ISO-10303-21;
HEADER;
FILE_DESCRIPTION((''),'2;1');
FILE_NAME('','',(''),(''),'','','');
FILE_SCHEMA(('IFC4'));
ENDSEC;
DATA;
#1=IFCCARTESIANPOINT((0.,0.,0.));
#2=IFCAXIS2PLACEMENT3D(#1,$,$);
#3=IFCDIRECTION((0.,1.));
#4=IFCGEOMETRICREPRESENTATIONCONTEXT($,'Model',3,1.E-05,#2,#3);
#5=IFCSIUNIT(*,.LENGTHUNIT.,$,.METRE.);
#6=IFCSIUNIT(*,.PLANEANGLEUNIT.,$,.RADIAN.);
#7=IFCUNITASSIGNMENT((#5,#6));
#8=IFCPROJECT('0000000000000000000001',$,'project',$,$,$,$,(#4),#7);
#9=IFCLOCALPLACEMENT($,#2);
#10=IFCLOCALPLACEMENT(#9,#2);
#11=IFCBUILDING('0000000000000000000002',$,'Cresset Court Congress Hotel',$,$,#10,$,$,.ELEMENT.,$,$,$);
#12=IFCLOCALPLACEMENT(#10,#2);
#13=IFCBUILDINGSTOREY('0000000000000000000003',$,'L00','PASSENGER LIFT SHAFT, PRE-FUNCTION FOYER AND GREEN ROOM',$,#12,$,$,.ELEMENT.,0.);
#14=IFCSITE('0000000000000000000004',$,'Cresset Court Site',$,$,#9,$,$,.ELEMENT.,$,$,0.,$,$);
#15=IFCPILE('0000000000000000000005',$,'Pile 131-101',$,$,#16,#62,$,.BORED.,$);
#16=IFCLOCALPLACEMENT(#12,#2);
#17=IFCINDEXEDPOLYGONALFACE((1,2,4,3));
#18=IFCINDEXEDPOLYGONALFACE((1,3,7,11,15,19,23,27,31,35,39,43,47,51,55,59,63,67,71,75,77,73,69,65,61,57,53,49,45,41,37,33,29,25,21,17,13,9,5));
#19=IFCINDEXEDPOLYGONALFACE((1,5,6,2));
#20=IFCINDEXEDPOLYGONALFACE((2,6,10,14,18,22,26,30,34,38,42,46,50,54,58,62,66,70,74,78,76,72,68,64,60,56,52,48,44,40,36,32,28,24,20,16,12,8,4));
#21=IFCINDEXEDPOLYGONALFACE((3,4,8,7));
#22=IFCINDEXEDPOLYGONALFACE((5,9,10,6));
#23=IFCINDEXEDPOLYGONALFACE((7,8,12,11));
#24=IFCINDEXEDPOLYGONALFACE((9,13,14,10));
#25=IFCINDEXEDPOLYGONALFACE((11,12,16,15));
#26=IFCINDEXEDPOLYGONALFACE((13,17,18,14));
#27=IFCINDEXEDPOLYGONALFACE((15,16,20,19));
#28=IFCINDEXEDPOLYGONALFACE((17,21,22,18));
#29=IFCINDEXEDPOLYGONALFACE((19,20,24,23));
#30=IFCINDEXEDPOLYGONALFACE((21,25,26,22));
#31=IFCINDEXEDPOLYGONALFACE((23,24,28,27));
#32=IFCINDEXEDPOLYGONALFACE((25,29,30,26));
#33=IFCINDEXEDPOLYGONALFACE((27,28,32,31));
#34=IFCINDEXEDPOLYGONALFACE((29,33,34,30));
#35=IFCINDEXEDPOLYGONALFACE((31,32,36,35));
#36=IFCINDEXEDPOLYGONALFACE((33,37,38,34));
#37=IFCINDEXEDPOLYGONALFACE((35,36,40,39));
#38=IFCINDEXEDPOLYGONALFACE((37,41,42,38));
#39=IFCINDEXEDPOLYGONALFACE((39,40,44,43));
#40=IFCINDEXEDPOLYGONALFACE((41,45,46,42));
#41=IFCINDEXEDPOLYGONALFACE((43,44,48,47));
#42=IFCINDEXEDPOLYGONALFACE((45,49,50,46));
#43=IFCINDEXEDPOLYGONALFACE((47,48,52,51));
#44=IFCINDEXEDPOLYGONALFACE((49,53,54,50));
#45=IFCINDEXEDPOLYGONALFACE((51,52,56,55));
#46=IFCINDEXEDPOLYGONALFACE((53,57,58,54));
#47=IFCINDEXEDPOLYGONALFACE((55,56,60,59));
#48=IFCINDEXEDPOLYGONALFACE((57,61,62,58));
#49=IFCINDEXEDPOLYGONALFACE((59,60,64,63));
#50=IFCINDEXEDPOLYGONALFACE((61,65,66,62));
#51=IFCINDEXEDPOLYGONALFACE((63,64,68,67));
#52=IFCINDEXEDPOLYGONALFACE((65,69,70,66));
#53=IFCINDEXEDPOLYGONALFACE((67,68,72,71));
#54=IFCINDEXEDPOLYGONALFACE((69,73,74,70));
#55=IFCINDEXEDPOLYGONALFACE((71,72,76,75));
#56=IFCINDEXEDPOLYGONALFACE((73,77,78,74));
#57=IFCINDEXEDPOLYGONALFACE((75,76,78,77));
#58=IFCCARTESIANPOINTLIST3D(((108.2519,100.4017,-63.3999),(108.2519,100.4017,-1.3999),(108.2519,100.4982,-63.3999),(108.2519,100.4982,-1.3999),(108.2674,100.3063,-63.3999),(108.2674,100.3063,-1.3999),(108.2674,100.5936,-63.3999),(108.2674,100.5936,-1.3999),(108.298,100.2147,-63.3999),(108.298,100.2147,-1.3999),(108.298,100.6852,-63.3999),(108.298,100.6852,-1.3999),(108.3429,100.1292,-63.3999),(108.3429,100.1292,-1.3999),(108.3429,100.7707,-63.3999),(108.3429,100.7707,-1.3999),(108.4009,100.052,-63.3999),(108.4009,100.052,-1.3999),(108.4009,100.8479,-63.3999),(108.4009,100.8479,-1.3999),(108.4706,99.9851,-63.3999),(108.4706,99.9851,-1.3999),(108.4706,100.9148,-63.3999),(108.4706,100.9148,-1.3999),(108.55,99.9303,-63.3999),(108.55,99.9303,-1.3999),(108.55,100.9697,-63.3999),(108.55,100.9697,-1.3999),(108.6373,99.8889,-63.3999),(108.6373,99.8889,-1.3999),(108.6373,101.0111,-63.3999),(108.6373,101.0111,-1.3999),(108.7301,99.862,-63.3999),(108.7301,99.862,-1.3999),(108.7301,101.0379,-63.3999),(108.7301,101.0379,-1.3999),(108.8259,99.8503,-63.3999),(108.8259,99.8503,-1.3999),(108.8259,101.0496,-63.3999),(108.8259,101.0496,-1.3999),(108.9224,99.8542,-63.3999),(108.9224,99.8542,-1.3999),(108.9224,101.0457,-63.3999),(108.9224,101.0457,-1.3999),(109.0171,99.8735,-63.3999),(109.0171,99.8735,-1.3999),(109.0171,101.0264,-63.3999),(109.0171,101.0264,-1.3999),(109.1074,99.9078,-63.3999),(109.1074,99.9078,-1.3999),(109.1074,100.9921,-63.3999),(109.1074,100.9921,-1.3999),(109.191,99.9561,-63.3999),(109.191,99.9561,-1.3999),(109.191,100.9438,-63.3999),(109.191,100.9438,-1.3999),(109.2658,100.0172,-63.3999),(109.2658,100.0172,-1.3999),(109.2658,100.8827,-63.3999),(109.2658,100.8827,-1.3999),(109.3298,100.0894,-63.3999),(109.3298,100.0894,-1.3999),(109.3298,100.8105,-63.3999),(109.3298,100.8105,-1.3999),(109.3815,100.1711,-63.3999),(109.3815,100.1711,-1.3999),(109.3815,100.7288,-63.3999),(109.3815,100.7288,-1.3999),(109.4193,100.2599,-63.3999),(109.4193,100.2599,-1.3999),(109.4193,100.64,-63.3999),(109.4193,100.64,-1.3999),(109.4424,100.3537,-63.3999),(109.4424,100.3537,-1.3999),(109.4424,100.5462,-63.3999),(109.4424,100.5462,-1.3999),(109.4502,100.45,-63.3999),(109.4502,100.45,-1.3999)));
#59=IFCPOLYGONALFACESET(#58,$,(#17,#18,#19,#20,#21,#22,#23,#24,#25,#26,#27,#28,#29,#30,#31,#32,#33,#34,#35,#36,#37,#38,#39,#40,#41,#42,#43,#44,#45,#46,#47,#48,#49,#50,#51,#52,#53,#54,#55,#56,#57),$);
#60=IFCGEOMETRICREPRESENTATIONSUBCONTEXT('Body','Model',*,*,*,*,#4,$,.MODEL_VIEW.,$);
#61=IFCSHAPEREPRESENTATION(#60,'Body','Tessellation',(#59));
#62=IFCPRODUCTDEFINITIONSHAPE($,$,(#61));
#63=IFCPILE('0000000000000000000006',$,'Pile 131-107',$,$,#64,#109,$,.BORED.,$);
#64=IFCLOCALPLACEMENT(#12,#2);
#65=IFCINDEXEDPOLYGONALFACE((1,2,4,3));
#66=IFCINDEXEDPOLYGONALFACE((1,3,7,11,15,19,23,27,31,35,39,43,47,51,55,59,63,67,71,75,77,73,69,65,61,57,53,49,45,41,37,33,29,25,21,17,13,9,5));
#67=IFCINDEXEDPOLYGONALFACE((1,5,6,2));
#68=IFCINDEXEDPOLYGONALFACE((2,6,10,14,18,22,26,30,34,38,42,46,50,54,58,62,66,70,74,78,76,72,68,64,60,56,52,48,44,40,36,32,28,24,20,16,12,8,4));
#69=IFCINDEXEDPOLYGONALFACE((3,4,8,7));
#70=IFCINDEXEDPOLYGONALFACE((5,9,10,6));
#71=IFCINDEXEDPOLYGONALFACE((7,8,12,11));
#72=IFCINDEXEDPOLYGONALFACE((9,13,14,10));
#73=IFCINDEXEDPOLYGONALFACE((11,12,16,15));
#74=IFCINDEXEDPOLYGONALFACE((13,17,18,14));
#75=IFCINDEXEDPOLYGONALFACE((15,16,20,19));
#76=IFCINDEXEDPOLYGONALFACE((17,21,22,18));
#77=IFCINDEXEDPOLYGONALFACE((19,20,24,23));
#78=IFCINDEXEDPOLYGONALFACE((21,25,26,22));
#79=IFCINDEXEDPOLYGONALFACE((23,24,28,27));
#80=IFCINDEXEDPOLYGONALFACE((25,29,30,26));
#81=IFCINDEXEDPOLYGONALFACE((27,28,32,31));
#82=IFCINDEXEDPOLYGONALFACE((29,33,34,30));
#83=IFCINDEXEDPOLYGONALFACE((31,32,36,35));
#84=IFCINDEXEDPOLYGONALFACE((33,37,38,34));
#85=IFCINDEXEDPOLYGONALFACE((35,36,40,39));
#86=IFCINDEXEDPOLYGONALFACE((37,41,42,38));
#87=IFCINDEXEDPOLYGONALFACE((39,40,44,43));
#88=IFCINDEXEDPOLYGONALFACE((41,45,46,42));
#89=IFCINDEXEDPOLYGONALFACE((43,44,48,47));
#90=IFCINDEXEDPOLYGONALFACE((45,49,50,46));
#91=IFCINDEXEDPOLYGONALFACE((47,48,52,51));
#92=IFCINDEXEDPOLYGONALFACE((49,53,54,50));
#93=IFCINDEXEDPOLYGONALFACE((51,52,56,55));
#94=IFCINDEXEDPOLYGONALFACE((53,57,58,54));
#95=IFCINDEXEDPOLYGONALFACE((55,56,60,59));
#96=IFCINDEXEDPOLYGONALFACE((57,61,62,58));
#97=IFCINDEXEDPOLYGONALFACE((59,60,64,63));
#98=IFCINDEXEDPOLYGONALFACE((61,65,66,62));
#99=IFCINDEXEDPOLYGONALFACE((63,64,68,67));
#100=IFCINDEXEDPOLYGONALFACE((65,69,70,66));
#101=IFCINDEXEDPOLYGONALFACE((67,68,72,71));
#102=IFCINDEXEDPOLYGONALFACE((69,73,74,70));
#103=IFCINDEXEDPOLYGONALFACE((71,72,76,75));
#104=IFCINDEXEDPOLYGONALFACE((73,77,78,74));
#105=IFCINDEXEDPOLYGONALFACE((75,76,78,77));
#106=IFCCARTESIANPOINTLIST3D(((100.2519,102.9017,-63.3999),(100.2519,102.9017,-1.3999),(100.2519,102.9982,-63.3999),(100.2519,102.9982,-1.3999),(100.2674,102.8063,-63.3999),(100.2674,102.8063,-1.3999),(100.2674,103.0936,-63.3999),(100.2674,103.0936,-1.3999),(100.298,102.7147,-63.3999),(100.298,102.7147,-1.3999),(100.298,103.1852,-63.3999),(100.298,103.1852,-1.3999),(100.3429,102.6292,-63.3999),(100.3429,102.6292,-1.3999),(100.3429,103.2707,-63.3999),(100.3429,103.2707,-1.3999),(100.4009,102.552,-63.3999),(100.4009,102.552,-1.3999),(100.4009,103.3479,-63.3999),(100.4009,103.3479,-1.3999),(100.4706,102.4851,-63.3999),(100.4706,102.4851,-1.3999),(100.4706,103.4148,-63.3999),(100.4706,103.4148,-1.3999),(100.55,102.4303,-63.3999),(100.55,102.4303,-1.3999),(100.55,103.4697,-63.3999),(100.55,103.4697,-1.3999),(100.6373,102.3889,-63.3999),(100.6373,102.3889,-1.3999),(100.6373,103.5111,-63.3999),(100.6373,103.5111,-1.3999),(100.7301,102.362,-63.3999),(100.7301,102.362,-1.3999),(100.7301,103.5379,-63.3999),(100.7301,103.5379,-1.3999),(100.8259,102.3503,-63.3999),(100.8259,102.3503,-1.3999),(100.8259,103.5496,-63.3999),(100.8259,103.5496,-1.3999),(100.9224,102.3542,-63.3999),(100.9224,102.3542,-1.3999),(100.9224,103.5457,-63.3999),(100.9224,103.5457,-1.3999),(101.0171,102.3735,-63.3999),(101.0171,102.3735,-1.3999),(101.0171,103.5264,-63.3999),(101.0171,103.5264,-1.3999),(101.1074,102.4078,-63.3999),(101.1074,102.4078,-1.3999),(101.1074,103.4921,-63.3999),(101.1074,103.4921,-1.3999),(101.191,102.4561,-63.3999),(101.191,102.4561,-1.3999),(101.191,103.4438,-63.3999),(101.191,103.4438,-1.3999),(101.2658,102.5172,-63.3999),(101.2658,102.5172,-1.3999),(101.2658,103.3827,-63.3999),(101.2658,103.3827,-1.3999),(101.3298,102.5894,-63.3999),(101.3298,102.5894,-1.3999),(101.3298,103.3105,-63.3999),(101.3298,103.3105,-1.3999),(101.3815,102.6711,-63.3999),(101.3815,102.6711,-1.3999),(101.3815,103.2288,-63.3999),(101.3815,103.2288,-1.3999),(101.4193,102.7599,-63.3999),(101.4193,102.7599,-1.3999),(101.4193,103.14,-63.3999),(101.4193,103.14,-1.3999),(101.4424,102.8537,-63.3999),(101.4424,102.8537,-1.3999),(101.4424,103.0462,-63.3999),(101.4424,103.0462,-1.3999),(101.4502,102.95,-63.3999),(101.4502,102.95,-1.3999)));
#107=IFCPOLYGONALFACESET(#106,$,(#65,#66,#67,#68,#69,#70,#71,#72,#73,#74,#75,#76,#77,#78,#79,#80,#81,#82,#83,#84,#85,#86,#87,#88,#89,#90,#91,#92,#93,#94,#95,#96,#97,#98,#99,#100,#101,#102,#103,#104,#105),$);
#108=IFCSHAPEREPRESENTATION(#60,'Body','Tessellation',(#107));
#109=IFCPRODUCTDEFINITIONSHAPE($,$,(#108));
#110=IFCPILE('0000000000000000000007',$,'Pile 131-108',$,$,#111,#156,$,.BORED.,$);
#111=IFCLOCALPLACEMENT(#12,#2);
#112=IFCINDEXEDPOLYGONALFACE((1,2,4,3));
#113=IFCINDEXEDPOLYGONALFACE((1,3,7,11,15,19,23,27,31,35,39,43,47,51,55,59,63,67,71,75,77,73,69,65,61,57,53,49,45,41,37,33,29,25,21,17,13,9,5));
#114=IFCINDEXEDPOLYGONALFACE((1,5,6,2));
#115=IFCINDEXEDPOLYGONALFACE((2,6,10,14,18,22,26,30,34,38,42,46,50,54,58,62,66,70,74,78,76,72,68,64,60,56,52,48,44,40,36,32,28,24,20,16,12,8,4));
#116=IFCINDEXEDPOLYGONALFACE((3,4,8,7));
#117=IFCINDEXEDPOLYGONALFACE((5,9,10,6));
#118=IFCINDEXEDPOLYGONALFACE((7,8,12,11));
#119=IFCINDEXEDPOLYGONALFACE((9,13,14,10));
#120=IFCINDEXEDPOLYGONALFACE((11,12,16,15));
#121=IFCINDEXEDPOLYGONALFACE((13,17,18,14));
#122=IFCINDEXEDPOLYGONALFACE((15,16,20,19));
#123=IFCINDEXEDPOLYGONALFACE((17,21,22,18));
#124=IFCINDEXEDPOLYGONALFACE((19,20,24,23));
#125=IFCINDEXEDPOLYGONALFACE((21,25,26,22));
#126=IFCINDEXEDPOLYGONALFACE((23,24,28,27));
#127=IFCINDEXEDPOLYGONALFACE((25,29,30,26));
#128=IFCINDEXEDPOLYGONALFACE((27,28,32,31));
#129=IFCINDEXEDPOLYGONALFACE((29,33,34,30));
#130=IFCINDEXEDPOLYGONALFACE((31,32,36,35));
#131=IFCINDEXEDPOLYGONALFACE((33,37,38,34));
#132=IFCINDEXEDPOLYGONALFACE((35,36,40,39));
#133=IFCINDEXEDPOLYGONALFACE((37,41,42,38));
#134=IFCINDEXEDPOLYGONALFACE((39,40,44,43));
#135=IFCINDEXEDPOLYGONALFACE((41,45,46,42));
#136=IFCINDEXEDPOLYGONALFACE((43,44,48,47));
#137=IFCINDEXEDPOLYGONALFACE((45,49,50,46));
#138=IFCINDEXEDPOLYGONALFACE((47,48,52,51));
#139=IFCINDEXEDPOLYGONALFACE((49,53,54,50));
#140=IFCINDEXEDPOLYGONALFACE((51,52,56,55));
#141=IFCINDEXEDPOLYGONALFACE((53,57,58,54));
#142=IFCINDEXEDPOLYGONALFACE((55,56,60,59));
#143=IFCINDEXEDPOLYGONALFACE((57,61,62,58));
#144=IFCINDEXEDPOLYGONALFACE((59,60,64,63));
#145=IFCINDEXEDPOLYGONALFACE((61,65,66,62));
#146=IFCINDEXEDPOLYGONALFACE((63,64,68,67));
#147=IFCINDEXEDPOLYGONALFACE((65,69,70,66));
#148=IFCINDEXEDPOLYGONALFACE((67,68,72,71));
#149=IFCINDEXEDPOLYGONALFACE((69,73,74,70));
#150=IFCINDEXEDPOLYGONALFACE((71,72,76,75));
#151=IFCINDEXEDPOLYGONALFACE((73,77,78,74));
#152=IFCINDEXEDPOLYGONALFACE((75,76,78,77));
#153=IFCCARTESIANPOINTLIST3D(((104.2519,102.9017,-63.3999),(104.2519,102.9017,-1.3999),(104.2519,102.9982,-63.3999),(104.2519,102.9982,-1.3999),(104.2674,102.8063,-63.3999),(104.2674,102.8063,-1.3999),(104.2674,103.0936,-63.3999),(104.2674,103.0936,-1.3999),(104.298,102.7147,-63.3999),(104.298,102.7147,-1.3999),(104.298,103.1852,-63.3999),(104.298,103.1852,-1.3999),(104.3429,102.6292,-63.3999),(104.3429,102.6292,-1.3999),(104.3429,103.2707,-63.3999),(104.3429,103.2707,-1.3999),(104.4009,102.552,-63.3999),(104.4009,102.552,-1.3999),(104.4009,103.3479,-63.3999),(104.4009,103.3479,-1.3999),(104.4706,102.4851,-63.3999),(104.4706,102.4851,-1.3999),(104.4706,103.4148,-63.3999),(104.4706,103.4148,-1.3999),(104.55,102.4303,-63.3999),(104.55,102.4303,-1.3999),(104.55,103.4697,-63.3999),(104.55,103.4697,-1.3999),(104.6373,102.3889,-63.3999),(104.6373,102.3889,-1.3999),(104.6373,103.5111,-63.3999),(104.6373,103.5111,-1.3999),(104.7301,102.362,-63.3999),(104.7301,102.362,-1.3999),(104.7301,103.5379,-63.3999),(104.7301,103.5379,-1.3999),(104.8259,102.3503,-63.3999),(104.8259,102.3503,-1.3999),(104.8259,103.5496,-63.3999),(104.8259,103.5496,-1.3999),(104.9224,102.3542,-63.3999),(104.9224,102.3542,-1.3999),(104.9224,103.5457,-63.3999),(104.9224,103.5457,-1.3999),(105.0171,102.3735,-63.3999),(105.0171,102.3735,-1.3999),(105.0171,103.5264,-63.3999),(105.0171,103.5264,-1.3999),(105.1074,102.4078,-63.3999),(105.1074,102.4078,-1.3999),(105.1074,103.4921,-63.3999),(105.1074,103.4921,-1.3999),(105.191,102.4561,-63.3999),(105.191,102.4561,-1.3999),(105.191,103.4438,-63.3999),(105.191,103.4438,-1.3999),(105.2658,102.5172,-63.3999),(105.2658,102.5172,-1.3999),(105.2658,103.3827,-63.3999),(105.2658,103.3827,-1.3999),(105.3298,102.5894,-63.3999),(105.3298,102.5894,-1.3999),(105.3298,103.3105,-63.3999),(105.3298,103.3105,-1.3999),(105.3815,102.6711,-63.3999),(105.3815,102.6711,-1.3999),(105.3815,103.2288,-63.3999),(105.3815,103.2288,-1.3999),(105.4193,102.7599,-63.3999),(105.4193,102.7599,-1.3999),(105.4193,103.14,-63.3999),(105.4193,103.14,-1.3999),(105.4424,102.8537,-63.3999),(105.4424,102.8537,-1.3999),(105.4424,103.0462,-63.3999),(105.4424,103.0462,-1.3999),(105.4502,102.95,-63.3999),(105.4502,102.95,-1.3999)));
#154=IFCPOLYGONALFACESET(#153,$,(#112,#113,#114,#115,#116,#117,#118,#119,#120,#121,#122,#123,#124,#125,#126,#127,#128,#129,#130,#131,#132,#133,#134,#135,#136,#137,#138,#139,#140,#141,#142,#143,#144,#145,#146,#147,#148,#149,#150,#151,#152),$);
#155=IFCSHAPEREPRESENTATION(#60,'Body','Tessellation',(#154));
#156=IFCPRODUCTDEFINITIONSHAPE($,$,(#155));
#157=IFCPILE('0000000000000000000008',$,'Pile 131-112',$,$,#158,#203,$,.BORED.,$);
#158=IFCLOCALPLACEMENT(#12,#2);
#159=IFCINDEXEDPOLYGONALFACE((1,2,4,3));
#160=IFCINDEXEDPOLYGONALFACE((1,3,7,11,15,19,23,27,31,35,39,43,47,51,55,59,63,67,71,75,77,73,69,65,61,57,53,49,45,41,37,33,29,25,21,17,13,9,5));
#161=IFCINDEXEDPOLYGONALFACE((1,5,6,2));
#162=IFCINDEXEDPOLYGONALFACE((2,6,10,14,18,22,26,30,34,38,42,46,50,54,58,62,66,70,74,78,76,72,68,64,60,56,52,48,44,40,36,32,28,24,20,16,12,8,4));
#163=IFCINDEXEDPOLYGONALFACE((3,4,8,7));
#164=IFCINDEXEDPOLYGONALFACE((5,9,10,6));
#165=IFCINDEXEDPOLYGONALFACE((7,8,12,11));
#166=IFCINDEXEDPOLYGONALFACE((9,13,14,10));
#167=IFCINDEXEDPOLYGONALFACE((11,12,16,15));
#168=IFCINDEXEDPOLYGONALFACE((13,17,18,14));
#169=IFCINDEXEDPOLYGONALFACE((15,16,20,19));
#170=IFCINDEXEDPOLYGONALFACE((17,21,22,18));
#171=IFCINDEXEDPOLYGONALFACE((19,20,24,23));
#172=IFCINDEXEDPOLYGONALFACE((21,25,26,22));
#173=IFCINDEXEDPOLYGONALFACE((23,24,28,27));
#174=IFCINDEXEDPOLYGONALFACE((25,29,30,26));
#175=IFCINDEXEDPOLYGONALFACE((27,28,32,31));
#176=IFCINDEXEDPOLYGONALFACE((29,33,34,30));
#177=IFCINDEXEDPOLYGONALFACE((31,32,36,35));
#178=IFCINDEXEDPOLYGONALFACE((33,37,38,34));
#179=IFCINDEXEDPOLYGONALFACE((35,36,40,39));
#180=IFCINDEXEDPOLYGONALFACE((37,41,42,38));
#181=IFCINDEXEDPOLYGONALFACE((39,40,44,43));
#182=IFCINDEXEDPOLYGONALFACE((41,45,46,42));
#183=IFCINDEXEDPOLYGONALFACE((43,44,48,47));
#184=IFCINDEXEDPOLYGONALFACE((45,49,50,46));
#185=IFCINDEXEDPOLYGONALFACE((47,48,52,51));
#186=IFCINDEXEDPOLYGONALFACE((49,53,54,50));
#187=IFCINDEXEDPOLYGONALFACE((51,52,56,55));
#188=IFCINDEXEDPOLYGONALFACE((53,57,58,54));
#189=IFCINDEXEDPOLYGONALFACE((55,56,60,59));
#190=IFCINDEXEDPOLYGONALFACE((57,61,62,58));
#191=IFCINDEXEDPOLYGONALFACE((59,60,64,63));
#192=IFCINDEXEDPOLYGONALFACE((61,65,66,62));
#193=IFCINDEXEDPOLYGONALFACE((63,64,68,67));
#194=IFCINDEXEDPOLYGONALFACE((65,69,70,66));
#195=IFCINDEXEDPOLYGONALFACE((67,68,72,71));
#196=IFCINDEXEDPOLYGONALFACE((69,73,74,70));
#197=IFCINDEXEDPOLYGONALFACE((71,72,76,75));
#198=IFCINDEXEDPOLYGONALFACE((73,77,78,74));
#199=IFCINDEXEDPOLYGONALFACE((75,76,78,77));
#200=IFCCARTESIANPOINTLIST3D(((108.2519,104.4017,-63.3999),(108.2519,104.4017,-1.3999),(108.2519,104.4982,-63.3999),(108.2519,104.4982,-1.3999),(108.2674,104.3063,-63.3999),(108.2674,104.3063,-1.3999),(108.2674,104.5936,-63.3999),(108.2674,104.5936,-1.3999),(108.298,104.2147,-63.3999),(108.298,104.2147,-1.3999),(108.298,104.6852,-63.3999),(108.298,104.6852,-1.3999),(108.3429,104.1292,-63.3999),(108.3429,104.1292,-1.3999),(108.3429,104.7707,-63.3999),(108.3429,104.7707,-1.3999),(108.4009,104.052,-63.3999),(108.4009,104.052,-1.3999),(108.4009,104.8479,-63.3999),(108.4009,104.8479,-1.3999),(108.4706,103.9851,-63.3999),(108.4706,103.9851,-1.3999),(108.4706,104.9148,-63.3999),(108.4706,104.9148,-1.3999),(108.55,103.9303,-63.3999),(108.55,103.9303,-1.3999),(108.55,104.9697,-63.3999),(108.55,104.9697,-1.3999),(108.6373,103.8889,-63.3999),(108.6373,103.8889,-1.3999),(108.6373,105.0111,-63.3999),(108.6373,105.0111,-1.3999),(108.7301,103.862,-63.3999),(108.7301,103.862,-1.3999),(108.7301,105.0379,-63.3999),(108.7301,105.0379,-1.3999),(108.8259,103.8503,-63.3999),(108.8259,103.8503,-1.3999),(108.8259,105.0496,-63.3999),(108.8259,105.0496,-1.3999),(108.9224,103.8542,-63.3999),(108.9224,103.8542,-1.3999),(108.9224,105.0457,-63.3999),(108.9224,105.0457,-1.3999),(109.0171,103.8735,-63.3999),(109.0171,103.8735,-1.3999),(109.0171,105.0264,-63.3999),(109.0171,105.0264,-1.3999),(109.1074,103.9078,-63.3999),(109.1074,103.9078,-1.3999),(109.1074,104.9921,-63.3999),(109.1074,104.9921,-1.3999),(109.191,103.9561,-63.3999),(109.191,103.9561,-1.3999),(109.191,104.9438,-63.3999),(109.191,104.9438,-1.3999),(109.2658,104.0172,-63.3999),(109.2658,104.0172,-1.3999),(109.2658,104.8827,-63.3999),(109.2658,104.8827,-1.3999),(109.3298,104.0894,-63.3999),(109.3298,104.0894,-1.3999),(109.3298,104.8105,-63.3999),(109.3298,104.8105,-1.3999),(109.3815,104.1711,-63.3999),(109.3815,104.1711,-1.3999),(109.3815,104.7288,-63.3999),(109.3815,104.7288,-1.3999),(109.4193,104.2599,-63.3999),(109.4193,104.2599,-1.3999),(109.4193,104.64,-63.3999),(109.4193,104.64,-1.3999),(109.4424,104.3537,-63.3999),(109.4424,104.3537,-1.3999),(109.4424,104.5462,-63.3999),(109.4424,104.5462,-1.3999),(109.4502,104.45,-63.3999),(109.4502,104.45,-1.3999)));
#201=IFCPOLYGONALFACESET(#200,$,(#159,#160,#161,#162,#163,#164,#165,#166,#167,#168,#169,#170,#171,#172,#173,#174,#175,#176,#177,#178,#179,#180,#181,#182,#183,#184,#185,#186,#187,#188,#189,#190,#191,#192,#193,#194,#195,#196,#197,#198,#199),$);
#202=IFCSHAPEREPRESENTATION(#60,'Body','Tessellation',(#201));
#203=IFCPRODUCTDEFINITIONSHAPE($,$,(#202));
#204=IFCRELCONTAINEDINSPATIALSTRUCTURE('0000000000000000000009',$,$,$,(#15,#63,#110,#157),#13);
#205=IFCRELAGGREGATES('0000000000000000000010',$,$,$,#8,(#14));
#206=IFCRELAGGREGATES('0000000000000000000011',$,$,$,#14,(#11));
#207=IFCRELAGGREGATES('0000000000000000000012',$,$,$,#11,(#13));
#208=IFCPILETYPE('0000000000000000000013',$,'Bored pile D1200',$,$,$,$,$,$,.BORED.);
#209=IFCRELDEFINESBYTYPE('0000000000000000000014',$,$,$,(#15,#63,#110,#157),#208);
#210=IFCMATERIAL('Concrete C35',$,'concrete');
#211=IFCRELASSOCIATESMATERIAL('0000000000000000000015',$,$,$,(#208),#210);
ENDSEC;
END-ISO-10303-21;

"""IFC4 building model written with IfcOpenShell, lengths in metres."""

from ifc_helpers import new_model, si_unit, direction, frame, origin, origin_2d, place, context, subcontext, project, spatial, circle, extrude, material, type_object, element, save


model = new_model("IFC4")

# Units and contexts
model_context = context("Model", 3, precision=1e-05, world=origin(), true_north=direction((0.0, 1.0)))
body_context = subcontext(model_context, "Body", "Model", "MODEL_VIEW")
ifc_project = project(units=[si_unit("LENGTHUNIT", "METRE"), si_unit("PLANEANGLEUNIT", "RADIAN")], contexts=[model_context])

# Site, building, storey
site_placement = place(None, origin())
site = spatial("IfcSite", under=ifc_project, at=site_placement, Name="Cresset Court Site", CompositionType="ELEMENT", RefElevation=0.0)
building_placement = place(site_placement, origin())
building = spatial("IfcBuilding", under=site, at=building_placement, Name="Cresset Court Congress Hotel", CompositionType="ELEMENT")
storey_placement = place(building_placement, origin())
storey = spatial("IfcBuildingStorey", under=building, at=storey_placement, Name="L00", Description="PASSENGER LIFT SHAFT, PRE-FUNCTION FOYER AND GREEN ROOM", CompositionType="ELEMENT", Elevation=0.0)

# Piles
ifc_material_1 = material(Name="Concrete C35", Category="concrete")
pile_type = type_object("IfcPileType", Name="Bored pile D1200", PredefinedType="BORED", material=ifc_material_1)
for number, where, z_axis, x_axis, name in (
    (1, (108.8501, 100.45, -1.3999), (0.0, 0.0, -1.0), (1.0, 0.0, 0.0), "Pile 131-101"),
    (2, (100.8501, 102.95, -1.3999), (0.0, 0.0, -1.0), (1.0, 0.0, 0.0), "Pile 131-107"),
    (3, (104.8501, 102.95, -1.3999), (0.0, 0.0, -1.0), (1.0, 0.0, 0.0), "Pile 131-108"),
    (4, (108.8501, 104.45, -1.3999), (0.0, 0.0, -1.0), (1.0, 0.0, 0.0), "Pile 131-112"),
):
    element("IfcPile", number, at=place(storey_placement, frame(where, z_axis=z_axis, x_axis=x_axis)), inside=storey, type_object=pile_type, Name=name, PredefinedType="BORED", context=body_context, shape_type="SweptSolid", body=[
        extrude(circle(Radius=0.6001, at=origin_2d()), origin(), (0.0, 0.0, 1.0), 62.0),
    ])

save(model, "model.ifc")
